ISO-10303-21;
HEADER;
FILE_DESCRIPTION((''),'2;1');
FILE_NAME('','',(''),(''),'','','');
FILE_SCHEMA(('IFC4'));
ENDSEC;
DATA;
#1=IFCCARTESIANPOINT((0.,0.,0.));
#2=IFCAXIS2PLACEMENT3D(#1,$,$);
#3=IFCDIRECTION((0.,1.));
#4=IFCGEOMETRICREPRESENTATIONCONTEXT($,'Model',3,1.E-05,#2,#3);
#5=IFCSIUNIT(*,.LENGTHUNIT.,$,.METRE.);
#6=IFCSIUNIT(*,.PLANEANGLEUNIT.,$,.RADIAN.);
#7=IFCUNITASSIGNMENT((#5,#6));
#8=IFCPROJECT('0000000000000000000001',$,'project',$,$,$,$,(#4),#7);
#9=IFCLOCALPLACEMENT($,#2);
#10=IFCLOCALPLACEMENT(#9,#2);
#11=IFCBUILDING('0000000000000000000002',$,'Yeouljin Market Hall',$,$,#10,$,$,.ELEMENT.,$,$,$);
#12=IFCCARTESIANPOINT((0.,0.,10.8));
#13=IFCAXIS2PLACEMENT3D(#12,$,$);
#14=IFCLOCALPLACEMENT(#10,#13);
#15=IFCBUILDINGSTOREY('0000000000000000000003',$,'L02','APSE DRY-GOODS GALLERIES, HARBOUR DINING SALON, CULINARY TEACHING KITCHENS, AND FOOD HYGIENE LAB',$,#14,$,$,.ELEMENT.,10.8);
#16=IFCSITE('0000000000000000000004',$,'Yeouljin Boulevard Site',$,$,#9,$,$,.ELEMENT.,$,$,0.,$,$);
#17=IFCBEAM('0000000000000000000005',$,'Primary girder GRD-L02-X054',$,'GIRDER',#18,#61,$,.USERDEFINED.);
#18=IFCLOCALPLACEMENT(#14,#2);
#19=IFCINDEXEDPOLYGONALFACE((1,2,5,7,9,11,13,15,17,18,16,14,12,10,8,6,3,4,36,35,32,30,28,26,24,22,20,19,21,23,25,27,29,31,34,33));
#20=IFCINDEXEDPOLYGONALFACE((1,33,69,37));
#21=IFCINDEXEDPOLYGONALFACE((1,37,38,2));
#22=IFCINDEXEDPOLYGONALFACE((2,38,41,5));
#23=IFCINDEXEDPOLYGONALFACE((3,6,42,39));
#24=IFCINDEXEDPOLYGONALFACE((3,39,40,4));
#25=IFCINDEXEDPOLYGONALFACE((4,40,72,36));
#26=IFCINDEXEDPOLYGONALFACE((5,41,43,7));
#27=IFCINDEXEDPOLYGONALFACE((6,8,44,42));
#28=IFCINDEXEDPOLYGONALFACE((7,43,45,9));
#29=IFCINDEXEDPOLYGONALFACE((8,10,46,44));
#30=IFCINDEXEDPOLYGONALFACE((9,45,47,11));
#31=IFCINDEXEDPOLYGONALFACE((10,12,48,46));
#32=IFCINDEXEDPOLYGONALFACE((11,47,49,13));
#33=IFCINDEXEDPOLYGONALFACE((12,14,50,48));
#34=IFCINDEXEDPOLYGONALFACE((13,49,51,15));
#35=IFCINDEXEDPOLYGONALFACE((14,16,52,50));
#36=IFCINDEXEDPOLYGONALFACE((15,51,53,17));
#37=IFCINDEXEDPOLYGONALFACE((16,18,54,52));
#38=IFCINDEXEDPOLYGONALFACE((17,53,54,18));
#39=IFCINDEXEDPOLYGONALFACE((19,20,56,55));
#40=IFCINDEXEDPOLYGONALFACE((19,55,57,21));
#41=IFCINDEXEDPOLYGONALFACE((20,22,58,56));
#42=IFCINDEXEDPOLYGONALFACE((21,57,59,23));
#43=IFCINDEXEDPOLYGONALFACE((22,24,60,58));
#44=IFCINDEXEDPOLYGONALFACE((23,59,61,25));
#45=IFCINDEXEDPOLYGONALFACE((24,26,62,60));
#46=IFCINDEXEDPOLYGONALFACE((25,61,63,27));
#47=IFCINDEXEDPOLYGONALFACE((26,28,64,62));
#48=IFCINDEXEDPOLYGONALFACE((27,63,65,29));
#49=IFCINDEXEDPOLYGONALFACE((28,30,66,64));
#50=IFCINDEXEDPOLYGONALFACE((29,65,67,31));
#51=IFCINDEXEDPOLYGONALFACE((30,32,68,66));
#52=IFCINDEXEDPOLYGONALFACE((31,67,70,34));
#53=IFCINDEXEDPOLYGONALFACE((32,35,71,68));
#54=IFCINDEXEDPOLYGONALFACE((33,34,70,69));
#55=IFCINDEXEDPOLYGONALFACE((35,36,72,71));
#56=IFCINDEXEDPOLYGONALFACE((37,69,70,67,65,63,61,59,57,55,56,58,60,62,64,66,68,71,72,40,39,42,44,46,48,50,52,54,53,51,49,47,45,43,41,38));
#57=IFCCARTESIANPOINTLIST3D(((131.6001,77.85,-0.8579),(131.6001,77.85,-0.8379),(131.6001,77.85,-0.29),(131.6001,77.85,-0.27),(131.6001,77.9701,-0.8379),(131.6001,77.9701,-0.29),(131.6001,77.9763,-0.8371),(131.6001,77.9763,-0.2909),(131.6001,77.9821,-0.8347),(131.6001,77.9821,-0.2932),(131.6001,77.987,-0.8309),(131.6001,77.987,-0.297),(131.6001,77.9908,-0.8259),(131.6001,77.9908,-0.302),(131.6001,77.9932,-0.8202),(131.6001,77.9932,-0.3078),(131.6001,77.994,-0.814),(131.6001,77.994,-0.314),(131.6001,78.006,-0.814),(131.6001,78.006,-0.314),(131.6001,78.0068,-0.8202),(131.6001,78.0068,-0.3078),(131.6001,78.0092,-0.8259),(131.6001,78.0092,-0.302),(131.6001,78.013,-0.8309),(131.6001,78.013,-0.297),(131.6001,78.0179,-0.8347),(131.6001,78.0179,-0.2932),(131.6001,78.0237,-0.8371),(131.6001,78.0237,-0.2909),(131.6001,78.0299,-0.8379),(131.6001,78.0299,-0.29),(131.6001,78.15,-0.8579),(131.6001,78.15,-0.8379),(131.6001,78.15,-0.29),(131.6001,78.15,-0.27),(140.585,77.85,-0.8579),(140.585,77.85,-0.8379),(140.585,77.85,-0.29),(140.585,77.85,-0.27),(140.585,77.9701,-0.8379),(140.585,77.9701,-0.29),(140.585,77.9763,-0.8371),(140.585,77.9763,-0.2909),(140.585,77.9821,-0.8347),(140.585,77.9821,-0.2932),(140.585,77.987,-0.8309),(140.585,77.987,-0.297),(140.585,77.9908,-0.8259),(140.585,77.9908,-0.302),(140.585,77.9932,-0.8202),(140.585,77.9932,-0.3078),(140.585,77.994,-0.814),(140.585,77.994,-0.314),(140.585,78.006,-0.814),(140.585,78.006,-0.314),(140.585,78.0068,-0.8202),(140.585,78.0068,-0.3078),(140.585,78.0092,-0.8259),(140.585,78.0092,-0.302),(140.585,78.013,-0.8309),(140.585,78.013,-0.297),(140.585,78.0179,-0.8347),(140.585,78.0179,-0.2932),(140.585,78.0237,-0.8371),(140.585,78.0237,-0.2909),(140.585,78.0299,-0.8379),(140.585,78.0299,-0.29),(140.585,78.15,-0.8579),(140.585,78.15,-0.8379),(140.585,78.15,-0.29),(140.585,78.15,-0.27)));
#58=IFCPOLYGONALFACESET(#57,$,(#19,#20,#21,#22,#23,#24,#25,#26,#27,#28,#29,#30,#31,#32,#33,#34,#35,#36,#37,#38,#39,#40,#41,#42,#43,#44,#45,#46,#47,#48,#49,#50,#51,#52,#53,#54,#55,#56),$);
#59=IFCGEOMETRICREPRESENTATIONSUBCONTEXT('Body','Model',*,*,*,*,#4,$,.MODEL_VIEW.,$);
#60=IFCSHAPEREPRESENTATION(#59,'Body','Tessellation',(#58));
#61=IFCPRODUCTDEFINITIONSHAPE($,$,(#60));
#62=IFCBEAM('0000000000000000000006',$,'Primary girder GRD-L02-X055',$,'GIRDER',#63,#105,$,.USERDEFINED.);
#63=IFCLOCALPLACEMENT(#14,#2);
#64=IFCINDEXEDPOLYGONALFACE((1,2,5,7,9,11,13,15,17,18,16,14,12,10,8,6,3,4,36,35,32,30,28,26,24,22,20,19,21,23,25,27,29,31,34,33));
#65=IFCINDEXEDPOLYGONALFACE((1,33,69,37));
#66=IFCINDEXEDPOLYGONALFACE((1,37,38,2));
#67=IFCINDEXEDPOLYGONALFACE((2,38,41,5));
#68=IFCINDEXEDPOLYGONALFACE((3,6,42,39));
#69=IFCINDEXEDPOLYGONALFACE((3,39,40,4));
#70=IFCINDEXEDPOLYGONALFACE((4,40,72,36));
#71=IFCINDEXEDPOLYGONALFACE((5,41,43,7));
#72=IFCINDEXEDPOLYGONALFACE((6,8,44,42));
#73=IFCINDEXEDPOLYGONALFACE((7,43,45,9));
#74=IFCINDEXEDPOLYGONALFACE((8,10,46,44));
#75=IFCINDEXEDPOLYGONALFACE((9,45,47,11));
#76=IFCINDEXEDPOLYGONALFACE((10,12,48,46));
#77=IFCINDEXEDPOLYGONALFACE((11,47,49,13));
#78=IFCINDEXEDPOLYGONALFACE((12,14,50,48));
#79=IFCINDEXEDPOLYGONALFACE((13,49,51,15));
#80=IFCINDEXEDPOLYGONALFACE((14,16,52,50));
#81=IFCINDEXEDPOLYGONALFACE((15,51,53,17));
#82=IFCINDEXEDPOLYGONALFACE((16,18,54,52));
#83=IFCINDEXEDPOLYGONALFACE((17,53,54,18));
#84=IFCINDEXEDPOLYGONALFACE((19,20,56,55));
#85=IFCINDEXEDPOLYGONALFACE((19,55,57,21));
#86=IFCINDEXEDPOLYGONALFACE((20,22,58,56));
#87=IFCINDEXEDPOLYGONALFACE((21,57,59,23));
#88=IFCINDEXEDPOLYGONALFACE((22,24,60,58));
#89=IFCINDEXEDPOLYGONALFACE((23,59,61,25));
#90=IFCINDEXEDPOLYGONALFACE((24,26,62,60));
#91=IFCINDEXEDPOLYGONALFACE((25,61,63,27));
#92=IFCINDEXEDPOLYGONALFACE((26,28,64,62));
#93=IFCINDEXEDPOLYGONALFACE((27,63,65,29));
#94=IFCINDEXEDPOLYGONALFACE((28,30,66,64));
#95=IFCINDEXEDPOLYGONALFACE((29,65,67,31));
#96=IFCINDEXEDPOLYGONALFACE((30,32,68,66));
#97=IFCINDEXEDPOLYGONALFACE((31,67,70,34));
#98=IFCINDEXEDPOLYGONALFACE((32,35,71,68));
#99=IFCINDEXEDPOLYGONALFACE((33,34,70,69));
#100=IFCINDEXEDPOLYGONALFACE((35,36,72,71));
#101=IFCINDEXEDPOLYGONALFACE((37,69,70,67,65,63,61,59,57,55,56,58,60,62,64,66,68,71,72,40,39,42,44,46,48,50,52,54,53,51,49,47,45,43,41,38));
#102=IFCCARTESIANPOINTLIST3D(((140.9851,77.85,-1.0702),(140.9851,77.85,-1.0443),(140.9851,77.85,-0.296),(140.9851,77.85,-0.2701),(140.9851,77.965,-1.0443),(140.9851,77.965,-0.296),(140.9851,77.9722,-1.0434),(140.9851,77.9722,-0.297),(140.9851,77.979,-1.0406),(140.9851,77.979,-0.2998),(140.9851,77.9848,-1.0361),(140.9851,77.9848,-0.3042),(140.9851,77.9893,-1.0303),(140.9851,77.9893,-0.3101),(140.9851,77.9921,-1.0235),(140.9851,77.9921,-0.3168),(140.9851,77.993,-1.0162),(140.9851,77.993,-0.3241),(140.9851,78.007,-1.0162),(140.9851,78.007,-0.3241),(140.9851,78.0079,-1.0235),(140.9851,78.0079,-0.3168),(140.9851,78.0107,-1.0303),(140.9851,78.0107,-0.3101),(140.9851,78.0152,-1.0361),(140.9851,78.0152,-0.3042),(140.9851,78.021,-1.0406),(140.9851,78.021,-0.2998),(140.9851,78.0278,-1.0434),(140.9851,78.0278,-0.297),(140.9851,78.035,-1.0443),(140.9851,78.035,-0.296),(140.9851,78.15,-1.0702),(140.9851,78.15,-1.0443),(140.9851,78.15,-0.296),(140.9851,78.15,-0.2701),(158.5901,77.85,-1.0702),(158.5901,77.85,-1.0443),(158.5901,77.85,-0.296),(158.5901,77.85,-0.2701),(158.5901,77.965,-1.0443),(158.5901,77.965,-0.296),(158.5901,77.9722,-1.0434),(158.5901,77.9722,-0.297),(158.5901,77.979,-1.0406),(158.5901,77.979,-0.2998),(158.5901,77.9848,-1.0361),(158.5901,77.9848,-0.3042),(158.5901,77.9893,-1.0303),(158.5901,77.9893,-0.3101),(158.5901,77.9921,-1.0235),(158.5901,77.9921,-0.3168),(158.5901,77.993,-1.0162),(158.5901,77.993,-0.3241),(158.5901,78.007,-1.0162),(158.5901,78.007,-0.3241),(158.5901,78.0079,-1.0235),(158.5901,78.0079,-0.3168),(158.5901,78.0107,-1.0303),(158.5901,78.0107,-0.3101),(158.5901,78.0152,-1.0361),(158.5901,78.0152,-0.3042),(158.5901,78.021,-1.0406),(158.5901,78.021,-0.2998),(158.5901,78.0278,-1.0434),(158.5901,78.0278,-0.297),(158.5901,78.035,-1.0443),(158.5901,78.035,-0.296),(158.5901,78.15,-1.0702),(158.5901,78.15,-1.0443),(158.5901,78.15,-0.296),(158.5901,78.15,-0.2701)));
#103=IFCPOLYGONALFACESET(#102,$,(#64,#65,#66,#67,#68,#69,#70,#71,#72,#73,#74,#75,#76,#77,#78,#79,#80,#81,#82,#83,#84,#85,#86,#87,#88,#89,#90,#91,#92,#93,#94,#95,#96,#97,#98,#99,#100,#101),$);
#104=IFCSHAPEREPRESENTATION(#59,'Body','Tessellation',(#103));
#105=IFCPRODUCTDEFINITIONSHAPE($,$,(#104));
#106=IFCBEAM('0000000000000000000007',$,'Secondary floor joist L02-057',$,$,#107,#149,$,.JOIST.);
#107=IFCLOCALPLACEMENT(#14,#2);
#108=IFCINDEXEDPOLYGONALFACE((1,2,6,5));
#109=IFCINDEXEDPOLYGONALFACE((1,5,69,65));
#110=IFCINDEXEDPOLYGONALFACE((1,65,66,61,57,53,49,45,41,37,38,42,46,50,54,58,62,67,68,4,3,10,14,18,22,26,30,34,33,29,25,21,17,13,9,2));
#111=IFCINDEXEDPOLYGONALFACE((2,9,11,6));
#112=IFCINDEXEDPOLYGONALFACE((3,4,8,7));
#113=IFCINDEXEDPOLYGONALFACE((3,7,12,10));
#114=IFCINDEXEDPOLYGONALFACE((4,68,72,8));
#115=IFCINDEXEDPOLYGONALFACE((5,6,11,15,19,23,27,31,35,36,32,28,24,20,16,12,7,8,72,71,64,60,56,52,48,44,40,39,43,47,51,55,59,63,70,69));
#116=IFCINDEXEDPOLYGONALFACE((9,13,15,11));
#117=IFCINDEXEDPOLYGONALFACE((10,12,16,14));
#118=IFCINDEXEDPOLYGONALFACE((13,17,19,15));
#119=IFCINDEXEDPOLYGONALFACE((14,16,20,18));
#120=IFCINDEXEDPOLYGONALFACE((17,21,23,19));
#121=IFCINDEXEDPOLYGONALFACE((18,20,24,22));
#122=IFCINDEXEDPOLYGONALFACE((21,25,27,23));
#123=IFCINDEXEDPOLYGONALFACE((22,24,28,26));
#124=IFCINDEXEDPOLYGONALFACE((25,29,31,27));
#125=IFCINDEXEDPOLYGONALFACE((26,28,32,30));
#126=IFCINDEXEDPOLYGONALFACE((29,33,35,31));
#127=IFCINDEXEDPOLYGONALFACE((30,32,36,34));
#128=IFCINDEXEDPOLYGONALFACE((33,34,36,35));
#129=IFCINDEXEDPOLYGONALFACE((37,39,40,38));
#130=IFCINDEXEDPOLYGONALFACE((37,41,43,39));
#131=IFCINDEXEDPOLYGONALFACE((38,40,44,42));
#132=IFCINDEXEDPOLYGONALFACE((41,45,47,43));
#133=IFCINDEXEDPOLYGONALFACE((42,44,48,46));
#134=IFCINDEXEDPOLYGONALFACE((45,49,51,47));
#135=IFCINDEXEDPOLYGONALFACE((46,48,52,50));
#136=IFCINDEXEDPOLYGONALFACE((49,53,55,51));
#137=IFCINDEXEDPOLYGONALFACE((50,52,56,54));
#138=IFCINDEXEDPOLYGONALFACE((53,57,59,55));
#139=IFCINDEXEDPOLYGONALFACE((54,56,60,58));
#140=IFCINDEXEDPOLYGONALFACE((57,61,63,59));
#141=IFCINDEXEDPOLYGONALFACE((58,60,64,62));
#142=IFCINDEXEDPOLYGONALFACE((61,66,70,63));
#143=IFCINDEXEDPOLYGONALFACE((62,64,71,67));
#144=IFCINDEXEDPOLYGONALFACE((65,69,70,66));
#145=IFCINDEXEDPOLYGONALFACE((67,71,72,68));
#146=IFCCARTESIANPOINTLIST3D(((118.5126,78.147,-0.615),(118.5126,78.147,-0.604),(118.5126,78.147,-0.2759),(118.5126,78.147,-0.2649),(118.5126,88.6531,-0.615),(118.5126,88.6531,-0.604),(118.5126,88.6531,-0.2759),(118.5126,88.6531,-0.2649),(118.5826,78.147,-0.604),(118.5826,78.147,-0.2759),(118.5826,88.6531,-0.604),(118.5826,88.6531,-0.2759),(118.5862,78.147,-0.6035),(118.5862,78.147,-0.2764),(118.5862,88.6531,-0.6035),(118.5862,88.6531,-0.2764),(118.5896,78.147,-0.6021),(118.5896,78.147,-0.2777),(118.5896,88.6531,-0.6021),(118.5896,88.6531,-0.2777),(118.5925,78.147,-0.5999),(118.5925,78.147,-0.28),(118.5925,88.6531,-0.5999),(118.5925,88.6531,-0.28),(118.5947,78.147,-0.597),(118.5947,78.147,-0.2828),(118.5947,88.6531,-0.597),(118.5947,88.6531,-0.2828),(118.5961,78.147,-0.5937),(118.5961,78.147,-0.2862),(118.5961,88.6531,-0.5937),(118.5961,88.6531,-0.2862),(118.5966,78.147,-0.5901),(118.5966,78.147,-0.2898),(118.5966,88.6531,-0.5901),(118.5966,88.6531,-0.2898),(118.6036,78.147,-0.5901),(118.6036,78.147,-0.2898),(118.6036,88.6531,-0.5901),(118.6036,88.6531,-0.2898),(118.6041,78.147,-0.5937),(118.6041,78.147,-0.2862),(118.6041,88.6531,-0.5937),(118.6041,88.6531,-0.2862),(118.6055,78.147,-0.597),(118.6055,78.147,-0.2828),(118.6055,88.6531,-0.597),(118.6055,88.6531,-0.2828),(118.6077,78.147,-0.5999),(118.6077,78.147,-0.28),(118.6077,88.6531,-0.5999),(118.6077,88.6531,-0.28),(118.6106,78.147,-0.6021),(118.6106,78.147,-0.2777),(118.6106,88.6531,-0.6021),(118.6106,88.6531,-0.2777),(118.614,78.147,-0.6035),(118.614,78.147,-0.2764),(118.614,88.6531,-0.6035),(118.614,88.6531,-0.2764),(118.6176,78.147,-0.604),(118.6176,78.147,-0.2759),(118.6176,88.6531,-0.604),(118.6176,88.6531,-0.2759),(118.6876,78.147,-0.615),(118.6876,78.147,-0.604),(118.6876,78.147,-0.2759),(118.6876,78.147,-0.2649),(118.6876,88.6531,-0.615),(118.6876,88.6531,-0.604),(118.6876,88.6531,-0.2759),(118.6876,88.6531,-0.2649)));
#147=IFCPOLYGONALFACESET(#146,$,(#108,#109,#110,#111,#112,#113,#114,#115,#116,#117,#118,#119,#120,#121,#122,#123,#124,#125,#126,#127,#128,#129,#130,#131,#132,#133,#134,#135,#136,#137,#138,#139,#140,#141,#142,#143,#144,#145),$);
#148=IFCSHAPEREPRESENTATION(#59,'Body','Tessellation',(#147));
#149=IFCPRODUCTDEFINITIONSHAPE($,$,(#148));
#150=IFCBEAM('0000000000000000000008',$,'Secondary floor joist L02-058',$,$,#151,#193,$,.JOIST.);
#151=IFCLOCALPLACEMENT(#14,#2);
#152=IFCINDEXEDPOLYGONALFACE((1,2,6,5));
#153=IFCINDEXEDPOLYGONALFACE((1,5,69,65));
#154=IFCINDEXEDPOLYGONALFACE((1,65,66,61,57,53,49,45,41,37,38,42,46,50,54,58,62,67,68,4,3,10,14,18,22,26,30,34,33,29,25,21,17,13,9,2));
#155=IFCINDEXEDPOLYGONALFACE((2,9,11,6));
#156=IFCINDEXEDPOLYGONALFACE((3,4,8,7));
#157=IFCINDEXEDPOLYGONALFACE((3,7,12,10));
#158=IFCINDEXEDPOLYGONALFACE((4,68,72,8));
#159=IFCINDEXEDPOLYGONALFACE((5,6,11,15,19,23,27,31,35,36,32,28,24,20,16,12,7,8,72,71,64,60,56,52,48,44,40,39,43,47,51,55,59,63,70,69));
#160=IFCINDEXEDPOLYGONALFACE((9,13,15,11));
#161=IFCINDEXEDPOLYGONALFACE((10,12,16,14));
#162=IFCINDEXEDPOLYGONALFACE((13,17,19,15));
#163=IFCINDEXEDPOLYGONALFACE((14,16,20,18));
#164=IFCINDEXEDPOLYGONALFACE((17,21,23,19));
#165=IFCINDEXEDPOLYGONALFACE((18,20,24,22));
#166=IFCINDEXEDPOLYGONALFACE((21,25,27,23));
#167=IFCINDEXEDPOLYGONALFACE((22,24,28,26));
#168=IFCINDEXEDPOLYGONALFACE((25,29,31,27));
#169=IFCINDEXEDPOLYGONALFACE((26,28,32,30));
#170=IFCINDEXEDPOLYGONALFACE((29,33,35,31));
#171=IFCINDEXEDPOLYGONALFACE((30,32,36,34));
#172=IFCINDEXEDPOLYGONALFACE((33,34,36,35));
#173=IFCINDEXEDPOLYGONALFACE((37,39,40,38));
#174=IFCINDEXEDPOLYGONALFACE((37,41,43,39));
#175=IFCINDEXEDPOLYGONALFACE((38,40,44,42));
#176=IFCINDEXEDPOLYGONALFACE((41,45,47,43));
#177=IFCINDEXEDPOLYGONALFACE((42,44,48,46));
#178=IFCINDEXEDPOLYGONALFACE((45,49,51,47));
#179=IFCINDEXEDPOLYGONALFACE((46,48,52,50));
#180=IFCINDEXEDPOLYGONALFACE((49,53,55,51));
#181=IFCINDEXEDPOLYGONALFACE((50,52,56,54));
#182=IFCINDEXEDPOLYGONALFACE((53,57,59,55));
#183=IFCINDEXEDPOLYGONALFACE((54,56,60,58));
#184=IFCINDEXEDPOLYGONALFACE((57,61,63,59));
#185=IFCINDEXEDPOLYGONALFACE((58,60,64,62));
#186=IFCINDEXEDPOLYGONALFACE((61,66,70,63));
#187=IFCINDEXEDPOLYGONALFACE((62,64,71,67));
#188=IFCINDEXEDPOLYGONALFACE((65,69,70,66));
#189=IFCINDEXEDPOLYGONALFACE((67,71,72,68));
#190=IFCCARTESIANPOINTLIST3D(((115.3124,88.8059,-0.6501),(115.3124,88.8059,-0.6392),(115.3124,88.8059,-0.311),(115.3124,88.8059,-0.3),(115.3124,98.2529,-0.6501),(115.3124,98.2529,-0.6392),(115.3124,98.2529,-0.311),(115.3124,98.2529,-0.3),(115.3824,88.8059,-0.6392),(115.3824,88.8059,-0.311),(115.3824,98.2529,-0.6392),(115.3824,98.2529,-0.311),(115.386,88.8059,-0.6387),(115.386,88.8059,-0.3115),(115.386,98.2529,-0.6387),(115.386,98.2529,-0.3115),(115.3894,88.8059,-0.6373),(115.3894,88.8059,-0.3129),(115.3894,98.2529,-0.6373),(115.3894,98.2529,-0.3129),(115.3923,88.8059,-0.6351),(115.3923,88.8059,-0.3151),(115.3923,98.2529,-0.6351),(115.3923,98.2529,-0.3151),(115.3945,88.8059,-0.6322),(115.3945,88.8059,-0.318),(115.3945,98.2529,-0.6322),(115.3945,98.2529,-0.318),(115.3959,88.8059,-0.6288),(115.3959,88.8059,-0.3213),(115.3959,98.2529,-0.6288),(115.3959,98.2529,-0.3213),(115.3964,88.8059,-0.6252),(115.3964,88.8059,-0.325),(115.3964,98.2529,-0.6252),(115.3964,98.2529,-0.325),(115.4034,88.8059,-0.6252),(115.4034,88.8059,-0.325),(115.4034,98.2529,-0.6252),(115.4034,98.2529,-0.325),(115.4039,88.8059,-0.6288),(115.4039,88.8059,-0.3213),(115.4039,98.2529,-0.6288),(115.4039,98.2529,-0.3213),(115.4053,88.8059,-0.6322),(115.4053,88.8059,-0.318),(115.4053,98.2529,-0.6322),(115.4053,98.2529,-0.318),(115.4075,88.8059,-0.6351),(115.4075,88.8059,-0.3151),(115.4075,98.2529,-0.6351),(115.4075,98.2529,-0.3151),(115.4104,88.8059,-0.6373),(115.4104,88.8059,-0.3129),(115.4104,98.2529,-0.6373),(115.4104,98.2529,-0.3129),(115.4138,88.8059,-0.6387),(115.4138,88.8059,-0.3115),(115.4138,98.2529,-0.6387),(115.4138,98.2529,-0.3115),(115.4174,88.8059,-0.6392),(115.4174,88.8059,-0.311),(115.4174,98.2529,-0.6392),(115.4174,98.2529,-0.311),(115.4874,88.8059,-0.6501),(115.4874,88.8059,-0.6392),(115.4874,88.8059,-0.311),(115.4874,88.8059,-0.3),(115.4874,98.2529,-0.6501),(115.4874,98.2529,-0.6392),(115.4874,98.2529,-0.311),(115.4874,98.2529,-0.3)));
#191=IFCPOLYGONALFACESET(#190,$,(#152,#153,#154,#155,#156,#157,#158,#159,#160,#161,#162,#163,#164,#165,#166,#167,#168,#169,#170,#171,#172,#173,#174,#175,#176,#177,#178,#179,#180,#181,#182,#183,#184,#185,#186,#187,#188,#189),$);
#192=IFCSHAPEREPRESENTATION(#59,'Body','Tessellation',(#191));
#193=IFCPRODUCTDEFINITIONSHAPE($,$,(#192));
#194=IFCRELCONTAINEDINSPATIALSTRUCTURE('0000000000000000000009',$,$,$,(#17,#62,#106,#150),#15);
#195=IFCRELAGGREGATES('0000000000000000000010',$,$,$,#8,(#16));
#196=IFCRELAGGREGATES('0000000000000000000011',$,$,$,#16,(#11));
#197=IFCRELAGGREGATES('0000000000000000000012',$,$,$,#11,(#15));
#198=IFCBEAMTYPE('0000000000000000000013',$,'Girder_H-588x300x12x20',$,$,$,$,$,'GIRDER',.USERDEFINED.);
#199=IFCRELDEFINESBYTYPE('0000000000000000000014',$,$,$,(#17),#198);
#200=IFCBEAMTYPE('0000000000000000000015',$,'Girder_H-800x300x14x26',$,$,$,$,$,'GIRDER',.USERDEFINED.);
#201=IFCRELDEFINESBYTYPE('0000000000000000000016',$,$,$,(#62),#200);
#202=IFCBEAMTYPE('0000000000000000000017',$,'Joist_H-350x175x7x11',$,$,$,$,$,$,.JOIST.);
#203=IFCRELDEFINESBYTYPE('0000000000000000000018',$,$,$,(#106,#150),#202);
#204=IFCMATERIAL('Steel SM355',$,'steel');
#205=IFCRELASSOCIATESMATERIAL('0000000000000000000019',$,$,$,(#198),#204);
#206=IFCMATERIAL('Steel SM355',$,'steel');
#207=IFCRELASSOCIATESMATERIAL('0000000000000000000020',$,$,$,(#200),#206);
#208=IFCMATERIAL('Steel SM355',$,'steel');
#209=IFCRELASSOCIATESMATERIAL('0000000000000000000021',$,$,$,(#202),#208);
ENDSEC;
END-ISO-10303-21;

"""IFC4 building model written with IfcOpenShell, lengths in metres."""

from ifc_helpers import new_model, si_unit, direction, frame, origin, origin_2d, place, context, subcontext, project, spatial, i_section, extrude, material, material_profile, profile_set, type_object, element, save


model = new_model("IFC4")

# Units and contexts
model_context = context("Model", 3, precision=1e-05, world=origin(), true_north=direction((0.0, 1.0)))
body_context = subcontext(model_context, "Body", "Model", "MODEL_VIEW")
ifc_project = project(units=[si_unit("LENGTHUNIT", "METRE"), si_unit("PLANEANGLEUNIT", "RADIAN")], contexts=[model_context])

# Site, building, storey
site_placement = place(None, origin())
site = spatial("IfcSite", under=ifc_project, at=site_placement, Name="Yeouljin Boulevard Site", CompositionType="ELEMENT", RefElevation=0.0)
building_placement = place(site_placement, origin())
building = spatial("IfcBuilding", under=site, at=building_placement, Name="Yeouljin Market Hall", CompositionType="ELEMENT")
storey_placement = place(building_placement, frame((0.0, 0.0, 10.8)))
storey = spatial("IfcBuildingStorey", under=building, at=storey_placement, Name="L02", Description="APSE DRY-GOODS GALLERIES, HARBOUR DINING SALON, CULINARY TEACHING KITCHENS, AND FOOD HYGIENE LAB", CompositionType="ELEMENT", Elevation=10.8)

# Beams
ifc_material_1 = material(Name="Steel SM355", Category="steel")
ifc_material_profile_1 = material_profile(ifc_material_1, i_section(OverallWidth=0.3, OverallDepth=0.5879, WebThickness=0.012, FlangeThickness=0.02, FilletRadius=0.0239, at=origin_2d()), Name="H-588x300x12x20")
ifc_profile_set_1 = profile_set([ifc_material_profile_1], Name="Steel SM355")
beam_type_1 = type_object("IfcBeamType", Name="Girder_H-588x300x12x20", ElementType="GIRDER", PredefinedType="USERDEFINED", material=ifc_profile_set_1)
beam_1_placement = place(storey_placement, frame((131.6001, 78.0, -0.564), z_axis=(1.0, 0.0, 0.0), x_axis=(0.0, 1.0, 0.0)))
element("IfcBeam", 1, at=beam_1_placement, inside=storey, type_object=beam_type_1, Name="Primary girder GRD-L02-X054", ObjectType="GIRDER", PredefinedType="USERDEFINED", context=body_context, shape_type="SweptSolid", body=[
    extrude(i_section(OverallWidth=0.3, OverallDepth=0.5879, WebThickness=0.012, FlangeThickness=0.02, FilletRadius=0.0239, at=origin_2d()), origin(), (0.0, 0.0, 1.0), 8.9849),
])
ifc_material_2 = material(Name="Steel SM355", Category="steel")
ifc_material_profile_2 = material_profile(ifc_material_2, i_section(OverallWidth=0.3, OverallDepth=0.8, WebThickness=0.0139, FlangeThickness=0.0259, FilletRadius=0.0281, at=origin_2d()), Name="H-800x300x14x26")
ifc_profile_set_2 = profile_set([ifc_material_profile_2], Name="Steel SM355")
beam_type_2 = type_object("IfcBeamType", Name="Girder_H-800x300x14x26", ElementType="GIRDER", PredefinedType="USERDEFINED", material=ifc_profile_set_2)
beam_2_placement = place(storey_placement, frame((140.9851, 78.0, -0.6702), z_axis=(1.0, 0.0, 0.0), x_axis=(0.0, 1.0, 0.0)))
element("IfcBeam", 2, at=beam_2_placement, inside=storey, type_object=beam_type_2, Name="Primary girder GRD-L02-X055", ObjectType="GIRDER", PredefinedType="USERDEFINED", context=body_context, shape_type="SweptSolid", body=[
    extrude(i_section(OverallWidth=0.3, OverallDepth=0.8, WebThickness=0.0139, FlangeThickness=0.0259, FilletRadius=0.0281, at=origin_2d()), origin(), (0.0, 0.0, 1.0), 17.605),
])
ifc_material_3 = material(Name="Steel SM355", Category="steel")
ifc_material_profile_3 = material_profile(ifc_material_3, i_section(OverallWidth=0.175, OverallDepth=0.3501, WebThickness=0.0071, FlangeThickness=0.011, FilletRadius=0.0139, at=origin_2d()), Name="H-350x175x7x11")
ifc_profile_set_3 = profile_set([ifc_material_profile_3], Name="Steel SM355")
beam_type_3 = type_object("IfcBeamType", Name="Joist_H-350x175x7x11", PredefinedType="JOIST", material=ifc_profile_set_3)
beam_3_placement = place(storey_placement, frame((118.6001, 78.147, -0.4399), z_axis=(0.0, 1.0, 0.0), x_axis=(-1.0, 0.0, 0.0)))
element("IfcBeam", 3, at=beam_3_placement, inside=storey, type_object=beam_type_3, Name="Secondary floor joist L02-057", PredefinedType="JOIST", context=body_context, shape_type="SweptSolid", body=[
    extrude(i_section(OverallWidth=0.175, OverallDepth=0.3501, WebThickness=0.0071, FlangeThickness=0.011, FilletRadius=0.0139, at=origin_2d()), origin(), (0.0, 0.0, 1.0), 10.5061),
])
for number, where, z_axis, x_axis, name in (
    (4, (115.3999, 88.8059, -0.4751), (0.0, 1.0, 0.0), (-1.0, 0.0, 0.0), "Secondary floor joist L02-058"),
):
    element("IfcBeam", number, at=place(storey_placement, frame(where, z_axis=z_axis, x_axis=x_axis)), inside=storey, type_object=beam_type_3, Name=name, PredefinedType="JOIST", context=body_context, shape_type="SweptSolid", body=[
        extrude(i_section(OverallWidth=0.175, OverallDepth=0.3501, WebThickness=0.0071, FlangeThickness=0.011, FilletRadius=0.0139, at=origin_2d()), origin(), (0.0, 0.0, 1.0), 9.447),
    ])

save(model, "model.ifc")
